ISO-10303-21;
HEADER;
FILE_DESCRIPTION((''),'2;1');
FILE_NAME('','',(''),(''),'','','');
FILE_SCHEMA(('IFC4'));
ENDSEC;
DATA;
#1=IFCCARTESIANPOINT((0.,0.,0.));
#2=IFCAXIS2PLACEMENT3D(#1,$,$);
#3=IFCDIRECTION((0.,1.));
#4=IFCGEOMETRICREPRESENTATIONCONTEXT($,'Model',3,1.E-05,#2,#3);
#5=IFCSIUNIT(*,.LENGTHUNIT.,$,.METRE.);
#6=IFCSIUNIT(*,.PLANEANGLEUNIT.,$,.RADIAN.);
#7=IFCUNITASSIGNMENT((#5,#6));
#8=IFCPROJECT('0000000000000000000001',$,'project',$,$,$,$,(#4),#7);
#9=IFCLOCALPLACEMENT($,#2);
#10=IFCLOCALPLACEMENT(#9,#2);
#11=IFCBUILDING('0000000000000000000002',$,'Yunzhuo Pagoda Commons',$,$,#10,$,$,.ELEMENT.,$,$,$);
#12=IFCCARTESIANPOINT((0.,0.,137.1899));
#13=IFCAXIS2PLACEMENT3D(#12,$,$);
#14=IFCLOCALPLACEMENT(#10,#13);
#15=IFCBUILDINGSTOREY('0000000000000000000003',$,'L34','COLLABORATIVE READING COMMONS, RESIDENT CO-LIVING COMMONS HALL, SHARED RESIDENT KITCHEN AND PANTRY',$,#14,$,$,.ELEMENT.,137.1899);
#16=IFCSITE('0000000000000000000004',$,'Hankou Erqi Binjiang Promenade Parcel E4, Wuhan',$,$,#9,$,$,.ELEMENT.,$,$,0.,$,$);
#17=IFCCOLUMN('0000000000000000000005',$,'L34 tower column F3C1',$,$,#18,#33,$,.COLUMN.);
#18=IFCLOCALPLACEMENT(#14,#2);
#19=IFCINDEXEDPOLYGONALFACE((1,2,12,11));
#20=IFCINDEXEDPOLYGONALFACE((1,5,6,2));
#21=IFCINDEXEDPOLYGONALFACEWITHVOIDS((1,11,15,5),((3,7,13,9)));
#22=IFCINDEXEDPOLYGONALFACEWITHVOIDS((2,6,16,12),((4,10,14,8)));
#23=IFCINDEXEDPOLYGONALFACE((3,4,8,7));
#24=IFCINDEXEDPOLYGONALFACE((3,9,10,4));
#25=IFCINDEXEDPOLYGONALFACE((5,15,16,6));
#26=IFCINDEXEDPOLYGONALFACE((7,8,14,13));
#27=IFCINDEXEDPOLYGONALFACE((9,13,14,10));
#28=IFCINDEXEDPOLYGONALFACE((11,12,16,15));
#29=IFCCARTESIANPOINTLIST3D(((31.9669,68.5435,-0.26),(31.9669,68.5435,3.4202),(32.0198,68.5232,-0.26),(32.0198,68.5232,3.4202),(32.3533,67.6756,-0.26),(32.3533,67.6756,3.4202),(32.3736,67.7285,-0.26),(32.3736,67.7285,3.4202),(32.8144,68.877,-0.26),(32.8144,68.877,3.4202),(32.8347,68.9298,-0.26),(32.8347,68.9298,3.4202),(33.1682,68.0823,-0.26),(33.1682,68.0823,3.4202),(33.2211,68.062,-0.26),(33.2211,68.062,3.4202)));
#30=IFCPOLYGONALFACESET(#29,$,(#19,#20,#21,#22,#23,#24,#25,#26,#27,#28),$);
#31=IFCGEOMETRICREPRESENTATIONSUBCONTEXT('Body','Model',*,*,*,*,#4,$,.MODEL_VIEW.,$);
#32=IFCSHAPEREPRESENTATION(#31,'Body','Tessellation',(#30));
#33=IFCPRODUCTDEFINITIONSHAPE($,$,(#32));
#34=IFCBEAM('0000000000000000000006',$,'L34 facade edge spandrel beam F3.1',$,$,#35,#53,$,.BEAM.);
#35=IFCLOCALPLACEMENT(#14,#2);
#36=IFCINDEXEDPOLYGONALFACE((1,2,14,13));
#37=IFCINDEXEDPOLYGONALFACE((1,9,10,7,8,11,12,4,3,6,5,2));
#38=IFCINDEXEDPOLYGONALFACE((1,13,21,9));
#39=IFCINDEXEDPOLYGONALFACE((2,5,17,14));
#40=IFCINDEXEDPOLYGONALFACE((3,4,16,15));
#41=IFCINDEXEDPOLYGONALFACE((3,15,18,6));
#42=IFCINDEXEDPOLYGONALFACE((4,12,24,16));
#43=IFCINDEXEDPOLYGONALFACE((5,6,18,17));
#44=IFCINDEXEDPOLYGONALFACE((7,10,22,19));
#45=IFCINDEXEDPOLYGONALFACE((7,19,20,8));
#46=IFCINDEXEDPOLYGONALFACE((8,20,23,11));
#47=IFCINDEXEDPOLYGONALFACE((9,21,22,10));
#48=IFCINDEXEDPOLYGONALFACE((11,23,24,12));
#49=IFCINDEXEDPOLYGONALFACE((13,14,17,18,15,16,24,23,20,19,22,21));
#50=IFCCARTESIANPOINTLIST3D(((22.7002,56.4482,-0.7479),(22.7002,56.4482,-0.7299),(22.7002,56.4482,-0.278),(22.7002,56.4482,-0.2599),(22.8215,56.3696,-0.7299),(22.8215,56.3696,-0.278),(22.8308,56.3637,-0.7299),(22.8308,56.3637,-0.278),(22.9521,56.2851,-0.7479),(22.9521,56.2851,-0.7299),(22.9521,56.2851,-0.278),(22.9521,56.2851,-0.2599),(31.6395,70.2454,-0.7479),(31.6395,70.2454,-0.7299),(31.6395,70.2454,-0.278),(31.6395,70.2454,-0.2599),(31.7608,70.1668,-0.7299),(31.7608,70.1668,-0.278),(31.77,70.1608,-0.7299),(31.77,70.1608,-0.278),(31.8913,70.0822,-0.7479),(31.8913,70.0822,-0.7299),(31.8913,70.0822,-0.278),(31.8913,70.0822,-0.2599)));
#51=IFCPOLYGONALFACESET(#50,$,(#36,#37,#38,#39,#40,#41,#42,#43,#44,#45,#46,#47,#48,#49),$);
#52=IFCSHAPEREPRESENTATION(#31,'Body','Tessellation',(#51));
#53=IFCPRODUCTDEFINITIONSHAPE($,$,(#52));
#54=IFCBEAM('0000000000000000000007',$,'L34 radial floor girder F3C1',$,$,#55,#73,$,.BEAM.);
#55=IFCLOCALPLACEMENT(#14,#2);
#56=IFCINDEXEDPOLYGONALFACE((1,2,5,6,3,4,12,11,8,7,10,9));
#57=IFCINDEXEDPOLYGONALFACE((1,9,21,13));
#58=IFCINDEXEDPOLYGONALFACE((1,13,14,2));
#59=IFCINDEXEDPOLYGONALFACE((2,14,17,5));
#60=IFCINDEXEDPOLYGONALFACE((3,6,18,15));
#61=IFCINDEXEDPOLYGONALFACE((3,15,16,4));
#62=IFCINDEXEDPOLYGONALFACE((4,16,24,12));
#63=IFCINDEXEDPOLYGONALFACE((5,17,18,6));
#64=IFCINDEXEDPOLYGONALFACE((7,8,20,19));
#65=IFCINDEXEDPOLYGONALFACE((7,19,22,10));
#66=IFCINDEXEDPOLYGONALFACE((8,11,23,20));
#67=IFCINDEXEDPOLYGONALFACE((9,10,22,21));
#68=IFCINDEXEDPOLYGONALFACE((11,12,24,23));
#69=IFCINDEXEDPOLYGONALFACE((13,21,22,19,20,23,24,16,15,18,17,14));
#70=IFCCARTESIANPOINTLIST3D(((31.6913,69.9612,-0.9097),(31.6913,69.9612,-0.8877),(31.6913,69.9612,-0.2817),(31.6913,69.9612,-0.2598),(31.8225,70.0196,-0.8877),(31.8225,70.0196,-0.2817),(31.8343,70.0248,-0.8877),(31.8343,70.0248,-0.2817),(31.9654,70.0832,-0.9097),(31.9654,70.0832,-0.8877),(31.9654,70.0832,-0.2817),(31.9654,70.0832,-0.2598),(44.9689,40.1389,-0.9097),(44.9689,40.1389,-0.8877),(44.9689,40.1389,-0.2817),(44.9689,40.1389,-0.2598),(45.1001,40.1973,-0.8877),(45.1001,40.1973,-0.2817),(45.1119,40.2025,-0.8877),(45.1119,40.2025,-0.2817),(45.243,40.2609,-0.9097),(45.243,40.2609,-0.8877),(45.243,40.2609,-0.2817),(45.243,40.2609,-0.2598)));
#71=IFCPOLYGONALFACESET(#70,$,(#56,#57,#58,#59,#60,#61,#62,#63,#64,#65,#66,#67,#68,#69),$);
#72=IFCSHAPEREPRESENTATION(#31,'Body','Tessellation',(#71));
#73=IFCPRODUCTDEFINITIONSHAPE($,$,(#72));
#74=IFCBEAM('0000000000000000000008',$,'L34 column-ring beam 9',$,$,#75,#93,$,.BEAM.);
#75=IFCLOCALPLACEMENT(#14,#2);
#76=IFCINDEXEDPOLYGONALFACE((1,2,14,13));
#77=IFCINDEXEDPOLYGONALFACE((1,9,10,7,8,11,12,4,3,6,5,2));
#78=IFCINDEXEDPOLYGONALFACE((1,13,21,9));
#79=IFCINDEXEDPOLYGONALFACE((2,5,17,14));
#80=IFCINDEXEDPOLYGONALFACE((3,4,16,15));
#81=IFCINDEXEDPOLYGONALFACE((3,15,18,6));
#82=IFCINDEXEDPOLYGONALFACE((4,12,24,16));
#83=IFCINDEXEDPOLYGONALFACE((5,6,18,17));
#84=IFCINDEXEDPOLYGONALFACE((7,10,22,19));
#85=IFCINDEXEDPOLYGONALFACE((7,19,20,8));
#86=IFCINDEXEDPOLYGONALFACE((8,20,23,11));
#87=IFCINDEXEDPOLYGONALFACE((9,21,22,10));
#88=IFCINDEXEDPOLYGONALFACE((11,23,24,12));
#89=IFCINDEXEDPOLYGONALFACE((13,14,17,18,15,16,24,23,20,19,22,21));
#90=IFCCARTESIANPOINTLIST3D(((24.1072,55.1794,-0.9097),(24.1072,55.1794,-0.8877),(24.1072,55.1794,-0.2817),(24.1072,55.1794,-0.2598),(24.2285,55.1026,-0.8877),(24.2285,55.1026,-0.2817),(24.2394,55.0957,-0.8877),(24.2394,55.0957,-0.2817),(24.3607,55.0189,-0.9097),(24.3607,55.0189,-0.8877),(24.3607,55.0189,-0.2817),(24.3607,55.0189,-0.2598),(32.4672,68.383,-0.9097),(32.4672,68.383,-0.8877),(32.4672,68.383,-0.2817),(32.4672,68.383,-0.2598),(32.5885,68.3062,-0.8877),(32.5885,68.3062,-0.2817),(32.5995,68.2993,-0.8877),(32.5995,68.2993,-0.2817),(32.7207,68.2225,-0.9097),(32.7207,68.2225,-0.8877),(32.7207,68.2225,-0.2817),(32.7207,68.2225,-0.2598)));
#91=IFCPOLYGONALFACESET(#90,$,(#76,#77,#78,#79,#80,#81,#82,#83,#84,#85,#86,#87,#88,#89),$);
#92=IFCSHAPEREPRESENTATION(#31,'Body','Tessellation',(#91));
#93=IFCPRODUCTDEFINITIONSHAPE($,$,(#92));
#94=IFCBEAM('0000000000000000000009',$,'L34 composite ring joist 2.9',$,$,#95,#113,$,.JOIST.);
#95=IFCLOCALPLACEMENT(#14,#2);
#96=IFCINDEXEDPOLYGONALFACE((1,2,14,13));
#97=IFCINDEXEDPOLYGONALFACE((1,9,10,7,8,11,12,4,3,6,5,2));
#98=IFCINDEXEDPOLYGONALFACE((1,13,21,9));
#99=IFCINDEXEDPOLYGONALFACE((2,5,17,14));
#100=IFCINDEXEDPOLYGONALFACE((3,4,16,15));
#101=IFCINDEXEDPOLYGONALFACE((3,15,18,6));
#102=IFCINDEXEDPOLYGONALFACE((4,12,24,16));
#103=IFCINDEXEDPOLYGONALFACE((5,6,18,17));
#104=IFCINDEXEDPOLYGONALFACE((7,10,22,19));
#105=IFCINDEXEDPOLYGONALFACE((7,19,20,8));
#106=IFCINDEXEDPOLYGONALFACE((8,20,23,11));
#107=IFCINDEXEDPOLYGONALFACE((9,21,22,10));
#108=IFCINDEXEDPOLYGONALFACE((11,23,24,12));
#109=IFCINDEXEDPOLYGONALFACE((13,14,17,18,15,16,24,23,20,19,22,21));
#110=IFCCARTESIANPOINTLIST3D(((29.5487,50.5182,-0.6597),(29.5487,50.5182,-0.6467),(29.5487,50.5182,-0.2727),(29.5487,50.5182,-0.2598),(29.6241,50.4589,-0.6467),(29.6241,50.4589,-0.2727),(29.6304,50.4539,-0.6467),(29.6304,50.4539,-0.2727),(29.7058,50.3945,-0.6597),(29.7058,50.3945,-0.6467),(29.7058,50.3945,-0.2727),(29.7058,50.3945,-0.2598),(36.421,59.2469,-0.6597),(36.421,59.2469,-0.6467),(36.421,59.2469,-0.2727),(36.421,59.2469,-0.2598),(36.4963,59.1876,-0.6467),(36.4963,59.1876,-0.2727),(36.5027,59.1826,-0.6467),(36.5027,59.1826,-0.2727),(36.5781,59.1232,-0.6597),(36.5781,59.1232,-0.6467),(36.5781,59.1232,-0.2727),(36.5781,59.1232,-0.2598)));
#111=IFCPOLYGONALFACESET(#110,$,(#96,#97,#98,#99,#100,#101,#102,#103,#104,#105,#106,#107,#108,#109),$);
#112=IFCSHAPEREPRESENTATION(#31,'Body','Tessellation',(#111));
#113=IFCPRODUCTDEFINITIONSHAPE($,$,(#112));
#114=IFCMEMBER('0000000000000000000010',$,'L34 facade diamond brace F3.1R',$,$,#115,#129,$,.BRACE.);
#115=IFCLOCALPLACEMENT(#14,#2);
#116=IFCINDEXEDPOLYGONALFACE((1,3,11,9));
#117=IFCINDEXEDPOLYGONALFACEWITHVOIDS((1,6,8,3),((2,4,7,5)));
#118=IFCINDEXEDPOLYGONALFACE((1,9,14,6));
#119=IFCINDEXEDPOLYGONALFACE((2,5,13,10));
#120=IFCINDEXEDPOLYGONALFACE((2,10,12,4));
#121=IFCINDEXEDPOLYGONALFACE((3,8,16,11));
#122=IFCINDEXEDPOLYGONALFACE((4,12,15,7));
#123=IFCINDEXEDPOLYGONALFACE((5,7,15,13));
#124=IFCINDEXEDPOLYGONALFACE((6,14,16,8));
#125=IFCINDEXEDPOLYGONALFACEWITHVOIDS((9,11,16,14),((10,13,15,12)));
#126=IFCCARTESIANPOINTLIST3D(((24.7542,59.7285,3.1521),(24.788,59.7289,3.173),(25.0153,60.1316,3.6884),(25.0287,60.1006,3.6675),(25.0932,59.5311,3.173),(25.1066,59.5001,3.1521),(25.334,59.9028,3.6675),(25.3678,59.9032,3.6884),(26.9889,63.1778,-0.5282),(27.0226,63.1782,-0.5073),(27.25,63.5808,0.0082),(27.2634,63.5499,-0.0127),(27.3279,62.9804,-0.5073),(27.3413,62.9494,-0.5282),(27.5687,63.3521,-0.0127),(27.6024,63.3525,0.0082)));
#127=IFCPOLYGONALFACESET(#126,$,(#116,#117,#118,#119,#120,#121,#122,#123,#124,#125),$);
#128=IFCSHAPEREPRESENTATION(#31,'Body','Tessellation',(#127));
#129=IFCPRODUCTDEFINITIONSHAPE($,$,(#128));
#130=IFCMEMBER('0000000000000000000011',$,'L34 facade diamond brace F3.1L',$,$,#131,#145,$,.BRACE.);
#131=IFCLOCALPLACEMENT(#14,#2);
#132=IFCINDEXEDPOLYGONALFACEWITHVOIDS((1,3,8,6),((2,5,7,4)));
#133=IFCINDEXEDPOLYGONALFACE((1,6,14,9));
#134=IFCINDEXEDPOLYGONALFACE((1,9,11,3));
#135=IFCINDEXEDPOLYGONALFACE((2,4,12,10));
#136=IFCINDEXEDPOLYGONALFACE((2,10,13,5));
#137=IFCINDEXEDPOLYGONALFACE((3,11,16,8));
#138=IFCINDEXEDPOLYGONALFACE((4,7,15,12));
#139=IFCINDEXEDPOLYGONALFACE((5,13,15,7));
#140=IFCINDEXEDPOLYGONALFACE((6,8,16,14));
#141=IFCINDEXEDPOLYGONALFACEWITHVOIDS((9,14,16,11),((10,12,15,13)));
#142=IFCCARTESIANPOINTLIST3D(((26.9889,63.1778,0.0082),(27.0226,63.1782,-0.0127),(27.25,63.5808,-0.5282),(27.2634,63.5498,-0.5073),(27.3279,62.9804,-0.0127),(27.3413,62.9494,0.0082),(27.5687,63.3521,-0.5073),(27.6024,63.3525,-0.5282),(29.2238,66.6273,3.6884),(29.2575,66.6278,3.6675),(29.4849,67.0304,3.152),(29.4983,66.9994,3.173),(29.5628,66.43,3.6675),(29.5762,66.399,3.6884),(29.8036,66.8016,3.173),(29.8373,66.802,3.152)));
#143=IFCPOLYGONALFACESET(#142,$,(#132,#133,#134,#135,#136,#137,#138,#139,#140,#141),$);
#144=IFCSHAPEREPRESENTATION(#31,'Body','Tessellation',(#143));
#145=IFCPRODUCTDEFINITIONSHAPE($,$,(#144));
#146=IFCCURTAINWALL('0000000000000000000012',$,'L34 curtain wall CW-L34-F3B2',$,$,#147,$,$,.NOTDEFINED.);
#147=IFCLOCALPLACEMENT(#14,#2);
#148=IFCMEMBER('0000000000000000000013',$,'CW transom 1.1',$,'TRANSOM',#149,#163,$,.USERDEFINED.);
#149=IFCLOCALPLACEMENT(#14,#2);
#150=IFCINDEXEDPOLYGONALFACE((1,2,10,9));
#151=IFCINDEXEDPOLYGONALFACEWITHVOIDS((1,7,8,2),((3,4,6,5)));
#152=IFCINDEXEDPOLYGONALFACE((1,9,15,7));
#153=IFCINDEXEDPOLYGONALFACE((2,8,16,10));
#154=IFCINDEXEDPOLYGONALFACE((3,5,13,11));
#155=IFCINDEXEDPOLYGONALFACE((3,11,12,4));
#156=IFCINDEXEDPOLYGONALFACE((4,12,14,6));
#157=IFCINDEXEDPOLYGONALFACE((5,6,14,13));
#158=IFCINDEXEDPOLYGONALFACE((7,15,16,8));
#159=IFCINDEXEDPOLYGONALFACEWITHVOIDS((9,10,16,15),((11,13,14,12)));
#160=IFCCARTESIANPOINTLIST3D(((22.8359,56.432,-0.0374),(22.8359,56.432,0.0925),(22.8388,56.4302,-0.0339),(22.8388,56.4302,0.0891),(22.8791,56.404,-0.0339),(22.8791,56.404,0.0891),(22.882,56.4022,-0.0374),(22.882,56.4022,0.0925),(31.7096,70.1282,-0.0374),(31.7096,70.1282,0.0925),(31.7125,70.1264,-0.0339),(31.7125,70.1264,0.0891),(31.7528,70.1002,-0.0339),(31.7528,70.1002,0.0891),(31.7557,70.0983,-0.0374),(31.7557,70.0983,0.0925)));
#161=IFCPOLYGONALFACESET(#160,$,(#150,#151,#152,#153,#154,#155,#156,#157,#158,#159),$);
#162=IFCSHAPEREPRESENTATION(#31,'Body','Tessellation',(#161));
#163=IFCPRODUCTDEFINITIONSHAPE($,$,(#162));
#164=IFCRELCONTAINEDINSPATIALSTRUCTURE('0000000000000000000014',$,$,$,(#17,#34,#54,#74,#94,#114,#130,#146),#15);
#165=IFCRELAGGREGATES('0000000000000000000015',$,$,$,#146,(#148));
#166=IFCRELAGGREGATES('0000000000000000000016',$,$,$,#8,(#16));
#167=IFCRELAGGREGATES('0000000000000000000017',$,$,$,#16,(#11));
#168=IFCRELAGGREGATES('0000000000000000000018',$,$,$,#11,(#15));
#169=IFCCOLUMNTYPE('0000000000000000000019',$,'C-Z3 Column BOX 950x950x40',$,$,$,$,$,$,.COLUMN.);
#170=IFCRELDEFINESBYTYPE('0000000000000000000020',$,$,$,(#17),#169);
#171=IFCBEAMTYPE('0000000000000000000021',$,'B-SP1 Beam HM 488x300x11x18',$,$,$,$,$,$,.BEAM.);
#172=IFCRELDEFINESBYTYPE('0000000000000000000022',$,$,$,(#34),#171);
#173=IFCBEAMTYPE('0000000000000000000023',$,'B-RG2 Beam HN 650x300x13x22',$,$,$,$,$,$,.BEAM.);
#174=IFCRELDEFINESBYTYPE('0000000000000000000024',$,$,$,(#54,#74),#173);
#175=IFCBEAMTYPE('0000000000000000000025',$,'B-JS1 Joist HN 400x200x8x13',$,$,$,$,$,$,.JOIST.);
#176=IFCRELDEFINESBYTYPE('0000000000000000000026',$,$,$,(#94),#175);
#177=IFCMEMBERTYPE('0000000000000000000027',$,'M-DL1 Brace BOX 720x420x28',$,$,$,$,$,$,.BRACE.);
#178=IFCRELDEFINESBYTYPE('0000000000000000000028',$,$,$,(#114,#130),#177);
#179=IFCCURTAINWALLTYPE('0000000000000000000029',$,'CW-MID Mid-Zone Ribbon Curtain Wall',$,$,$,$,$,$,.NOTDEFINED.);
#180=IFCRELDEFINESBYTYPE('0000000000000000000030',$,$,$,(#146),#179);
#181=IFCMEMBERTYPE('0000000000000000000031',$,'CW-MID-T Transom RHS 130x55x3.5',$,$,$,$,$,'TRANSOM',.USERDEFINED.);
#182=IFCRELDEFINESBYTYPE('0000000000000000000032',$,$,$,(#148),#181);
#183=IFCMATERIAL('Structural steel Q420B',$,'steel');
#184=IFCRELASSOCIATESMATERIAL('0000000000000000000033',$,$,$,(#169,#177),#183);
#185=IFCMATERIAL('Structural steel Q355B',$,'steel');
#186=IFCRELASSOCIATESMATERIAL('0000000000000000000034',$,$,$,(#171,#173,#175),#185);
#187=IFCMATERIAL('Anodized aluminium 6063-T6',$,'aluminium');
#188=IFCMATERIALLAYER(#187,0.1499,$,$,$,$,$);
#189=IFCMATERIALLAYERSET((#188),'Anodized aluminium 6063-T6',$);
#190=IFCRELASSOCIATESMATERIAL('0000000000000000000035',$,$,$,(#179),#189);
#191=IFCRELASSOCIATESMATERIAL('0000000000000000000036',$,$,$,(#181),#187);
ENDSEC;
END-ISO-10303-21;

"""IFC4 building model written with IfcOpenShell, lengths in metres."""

from ifc_helpers import new_model, si_unit, direction, frame, origin, origin_2d, place, context, subcontext, project, spatial, hollow_rectangle, i_section, extrude, source, transform, mapped, material, layer, layer_set, material_profile, profile_set, type_object, element, aggregate, save


model = new_model("IFC4")

# Units and contexts
model_context = context("Model", 3, precision=1e-05, world=origin(), true_north=direction((0.0, 1.0)))
body_context = subcontext(model_context, "Body", "Model", "MODEL_VIEW")
ifc_project = project(units=[si_unit("LENGTHUNIT", "METRE"), si_unit("PLANEANGLEUNIT", "RADIAN")], contexts=[model_context])

# Site, building, storey
site_placement = place(None, origin())
site = spatial("IfcSite", under=ifc_project, at=site_placement, Name="Hankou Erqi Binjiang Promenade Parcel E4, Wuhan", CompositionType="ELEMENT", RefElevation=0.0)
building_placement = place(site_placement, origin())
building = spatial("IfcBuilding", under=site, at=building_placement, Name="Yunzhuo Pagoda Commons", CompositionType="ELEMENT")
storey_placement = place(building_placement, frame((0.0, 0.0, 137.1899)))
storey = spatial("IfcBuildingStorey", under=building, at=storey_placement, Name="L34", Description="COLLABORATIVE READING COMMONS, RESIDENT CO-LIVING COMMONS HALL, SHARED RESIDENT KITCHEN AND PANTRY", CompositionType="ELEMENT", Elevation=137.1899)

# Column
ifc_material_1 = material(Name="Structural steel Q420B", Category="steel")
ifc_material_profile_1 = material_profile(ifc_material_1, hollow_rectangle(XDim=0.95, YDim=0.95, WallThickness=0.04, at=origin_2d()), Name="Structural steel Q420B")
ifc_profile_set_1 = profile_set([ifc_material_profile_1], Name="Structural steel Q420B")
column_type = type_object("IfcColumnType", Name="C-Z3 Column BOX 950x950x40", PredefinedType="COLUMN", material=ifc_profile_set_1)
shared_shape_1 = source(origin(), body_context, "Body", "SweptSolid", [
    extrude(hollow_rectangle(XDim=0.95, YDim=0.95, WallThickness=0.04, at=origin_2d()), origin(), (0.0, 0.0, 1.0), 3.6802),
])
column_placement = place(storey_placement, frame((32.594, 68.3027, -0.26), z_axis=(0.0, 0.0, 1.0), x_axis=(-0.913545, -0.406737, 0.0)))
element("IfcColumn", 1, at=column_placement, inside=storey, type_object=column_type, Name="L34 tower column F3C1", PredefinedType="COLUMN", context=body_context, shape_type="MappedRepresentation", body=[
    mapped(shared_shape_1, transform((0.0, 0.0, 0.0), scale=1.0)),
])

# Beams
ifc_material_2 = material(Name="Structural steel Q355B", Category="steel")
ifc_material_profile_2 = material_profile(ifc_material_2, i_section(OverallWidth=0.3, OverallDepth=0.488, WebThickness=0.011, FlangeThickness=0.0181, at=origin_2d()), Name="Structural steel Q355B")
ifc_profile_set_2 = profile_set([ifc_material_profile_2], Name="Structural steel Q355B")
beam_type_1 = type_object("IfcBeamType", Name="B-SP1 Beam HM 488x300x11x18", PredefinedType="BEAM", material=ifc_profile_set_2)
shared_shape_2 = source(origin(), body_context, "Body", "SweptSolid", [
    extrude(i_section(OverallWidth=0.3, OverallDepth=0.488, WebThickness=0.011, FlangeThickness=0.0181, at=origin_2d()), origin(), (0.0, 0.0, 1.0), 16.4399),
])
beam_1_placement = place(storey_placement, frame((31.7654, 70.1638, -0.5039), z_axis=(-0.543751, -0.839246, 0.0), x_axis=(0.839246, -0.543751, 0.0)))
element("IfcBeam", 2, at=beam_1_placement, inside=storey, type_object=beam_type_1, Name="L34 facade edge spandrel beam F3.1", PredefinedType="BEAM", context=body_context, shape_type="MappedRepresentation", body=[
    mapped(shared_shape_2, transform((0.0, 0.0, 0.0), scale=1.0)),
])
ifc_material_profile_3 = material_profile(ifc_material_2, i_section(OverallWidth=0.3, OverallDepth=0.6499, WebThickness=0.0129, FlangeThickness=0.022, at=origin_2d()), Name="Structural steel Q355B")
ifc_profile_set_3 = profile_set([ifc_material_profile_3], Name="Structural steel Q355B")
beam_type_2 = type_object("IfcBeamType", Name="B-RG2 Beam HN 650x300x13x22", PredefinedType="BEAM", material=ifc_profile_set_3)
shared_shape_3 = source(origin(), body_context, "Body", "SweptSolid", [
    extrude(i_section(OverallWidth=0.3, OverallDepth=0.6499, WebThickness=0.0129, FlangeThickness=0.022, at=origin_2d()), origin(), (0.0, 0.0, 1.0), 32.6445),
])
beam_2_placement = place(storey_placement, frame((31.8284, 70.0222, -0.5847), z_axis=(0.406733, -0.913547, 0.0), x_axis=(0.913547, 0.406733, 0.0)))
element("IfcBeam", 3, at=beam_2_placement, inside=storey, type_object=beam_type_2, Name="L34 radial floor girder F3C1", PredefinedType="BEAM", context=body_context, shape_type="MappedRepresentation", body=[
    mapped(shared_shape_3, transform((0.0, 0.0, 0.0), scale=1.0)),
])
shared_shape_4 = source(origin(), body_context, "Body", "SweptSolid", [
    extrude(i_section(OverallWidth=0.3, OverallDepth=0.6499, WebThickness=0.0129, FlangeThickness=0.022, at=origin_2d()), origin(), (0.0, 0.0, 1.0), 15.6277),
])
beam_3_placement = place(storey_placement, frame((32.594, 68.3027, -0.5847), z_axis=(-0.534952, -0.844882, 0.0), x_axis=(0.844882, -0.534952, 0.0)))
element("IfcBeam", 4, at=beam_3_placement, inside=storey, type_object=beam_type_2, Name="L34 column-ring beam 9", PredefinedType="BEAM", context=body_context, shape_type="MappedRepresentation", body=[
    mapped(shared_shape_4, transform((0.0, 0.0, 0.0), scale=1.0)),
])
ifc_material_profile_4 = material_profile(ifc_material_2, i_section(OverallWidth=0.2, OverallDepth=0.3999, WebThickness=0.0081, FlangeThickness=0.0129, at=origin_2d()), Name="Structural steel Q355B")
ifc_profile_set_4 = profile_set([ifc_material_profile_4], Name="Structural steel Q355B")
beam_type_3 = type_object("IfcBeamType", Name="B-JS1 Joist HN 400x200x8x13", PredefinedType="JOIST", material=ifc_profile_set_4)
shared_shape_5 = source(origin(), body_context, "Body", "SweptSolid", [
    extrude(i_section(OverallWidth=0.2, OverallDepth=0.3999, WebThickness=0.0081, FlangeThickness=0.0129, at=origin_2d()), origin(), (0.0, 0.0, 1.0), 11.1094),
])
beam_4_placement = place(storey_placement, frame((36.4995, 59.1851, -0.4597), z_axis=(-0.618601, -0.785706, 0.0), x_axis=(0.785706, -0.618601, 0.0)))
element("IfcBeam", 5, at=beam_4_placement, inside=storey, type_object=beam_type_3, Name="L34 composite ring joist 2.9", PredefinedType="JOIST", context=body_context, shape_type="MappedRepresentation", body=[
    mapped(shared_shape_5, transform((0.0, 0.0, 0.0), scale=1.0)),
])

# Members
ifc_material_profile_5 = material_profile(ifc_material_1, hollow_rectangle(XDim=0.4199, YDim=0.72, WallThickness=0.0281, at=origin_2d()), Name="Structural steel Q420B")
ifc_profile_set_5 = profile_set([ifc_material_profile_5], Name="Structural steel Q420B")
member_type_1 = type_object("IfcMemberType", Name="M-DL1 Brace BOX 720x420x28", PredefinedType="BRACE", material=ifc_profile_set_5)
shared_shape_6 = source(origin(), body_context, "Body", "SweptSolid", [
    extrude(hollow_rectangle(XDim=0.4199, YDim=0.72, WallThickness=0.0281, at=origin_2d()), origin(), (0.0, 0.0, 1.0), 5.5168),
])
member_1_placement = place(storey_placement, frame((27.2957, 63.2651, -0.26), z_axis=(-0.405062, -0.625229, 0.667094), x_axis=(0.839262, -0.543727, 0.0)))
element("IfcMember", 6, at=member_1_placement, inside=storey, type_object=member_type_1, Name="L34 facade diamond brace F3.1R", PredefinedType="BRACE", context=body_context, shape_type="MappedRepresentation", body=[
    mapped(shared_shape_6, transform((0.0, 0.0, 0.0), scale=1.0)),
])
shared_shape_7 = source(origin(), body_context, "Body", "SweptSolid", [
    extrude(hollow_rectangle(XDim=0.4199, YDim=0.72, WallThickness=0.0281, at=origin_2d()), origin(), (0.0, 0.0, 1.0), 5.5171),
])
member_2_placement = place(storey_placement, frame((27.2957, 63.2651, -0.26), z_axis=(0.405088, 0.625244, 0.667063), x_axis=(-0.839253, 0.543741, 0.0)))
element("IfcMember", 7, at=member_2_placement, inside=storey, type_object=member_type_1, Name="L34 facade diamond brace F3.1L", PredefinedType="BRACE", context=body_context, shape_type="MappedRepresentation", body=[
    mapped(shared_shape_7, transform((0.0, 0.0, 0.0), scale=1.0)),
])

# Curtain wall, member
ifc_material_3 = material(Name="Anodized aluminium 6063-T6", Category="aluminium")
ifc_layer_1 = layer(ifc_material_3, 0.1499)
ifc_layer_set_1 = layer_set([ifc_layer_1], Name="Anodized aluminium 6063-T6")
curtain_wall_type = type_object("IfcCurtainWallType", Name="CW-MID Mid-Zone Ribbon Curtain Wall", PredefinedType="NOTDEFINED", material=ifc_layer_set_1)
curtain_wall_1_placement = place(storey_placement, origin())
curtain_wall_1 = element("IfcCurtainWall", 8, at=curtain_wall_1_placement, inside=storey, type_object=curtain_wall_type, Name="L34 curtain wall CW-L34-F3B2", PredefinedType="NOTDEFINED")
ifc_material_profile_6 = material_profile(ifc_material_3, hollow_rectangle(XDim=0.0549, YDim=0.1299, WallThickness=0.0034, at=origin_2d()), Name="Anodized aluminium 6063-T6")
ifc_profile_set_6 = profile_set([ifc_material_profile_6], Name="Anodized aluminium 6063-T6")
member_type_2 = type_object("IfcMemberType", Name="CW-MID-T Transom RHS 130x55x3.5", ElementType="TRANSOM", PredefinedType="USERDEFINED", material=ifc_profile_set_6)
shared_shape_8 = source(origin(), body_context, "Body", "SweptSolid", [
    extrude(hollow_rectangle(XDim=0.0549, YDim=0.1299, WallThickness=0.0034, at=origin_2d()), origin(), (0.0, 0.0, 1.0), 16.3196),
])
member_3_placement = place(storey_placement, frame((31.7327, 70.1133, 0.0276), z_axis=(-0.543747, -0.839249, 0.0), x_axis=(0.839249, -0.543747, 0.0)))
member_3 = element("IfcMember", 9, at=member_3_placement, type_object=member_type_2, Name="CW transom 1.1", ObjectType="TRANSOM", PredefinedType="USERDEFINED", context=body_context, shape_type="MappedRepresentation", body=[
    mapped(shared_shape_8, transform((0.0, 0.0, 0.0), scale=1.0)),
])

aggregate(curtain_wall_1, [member_3])

save(model, "model.ifc")
